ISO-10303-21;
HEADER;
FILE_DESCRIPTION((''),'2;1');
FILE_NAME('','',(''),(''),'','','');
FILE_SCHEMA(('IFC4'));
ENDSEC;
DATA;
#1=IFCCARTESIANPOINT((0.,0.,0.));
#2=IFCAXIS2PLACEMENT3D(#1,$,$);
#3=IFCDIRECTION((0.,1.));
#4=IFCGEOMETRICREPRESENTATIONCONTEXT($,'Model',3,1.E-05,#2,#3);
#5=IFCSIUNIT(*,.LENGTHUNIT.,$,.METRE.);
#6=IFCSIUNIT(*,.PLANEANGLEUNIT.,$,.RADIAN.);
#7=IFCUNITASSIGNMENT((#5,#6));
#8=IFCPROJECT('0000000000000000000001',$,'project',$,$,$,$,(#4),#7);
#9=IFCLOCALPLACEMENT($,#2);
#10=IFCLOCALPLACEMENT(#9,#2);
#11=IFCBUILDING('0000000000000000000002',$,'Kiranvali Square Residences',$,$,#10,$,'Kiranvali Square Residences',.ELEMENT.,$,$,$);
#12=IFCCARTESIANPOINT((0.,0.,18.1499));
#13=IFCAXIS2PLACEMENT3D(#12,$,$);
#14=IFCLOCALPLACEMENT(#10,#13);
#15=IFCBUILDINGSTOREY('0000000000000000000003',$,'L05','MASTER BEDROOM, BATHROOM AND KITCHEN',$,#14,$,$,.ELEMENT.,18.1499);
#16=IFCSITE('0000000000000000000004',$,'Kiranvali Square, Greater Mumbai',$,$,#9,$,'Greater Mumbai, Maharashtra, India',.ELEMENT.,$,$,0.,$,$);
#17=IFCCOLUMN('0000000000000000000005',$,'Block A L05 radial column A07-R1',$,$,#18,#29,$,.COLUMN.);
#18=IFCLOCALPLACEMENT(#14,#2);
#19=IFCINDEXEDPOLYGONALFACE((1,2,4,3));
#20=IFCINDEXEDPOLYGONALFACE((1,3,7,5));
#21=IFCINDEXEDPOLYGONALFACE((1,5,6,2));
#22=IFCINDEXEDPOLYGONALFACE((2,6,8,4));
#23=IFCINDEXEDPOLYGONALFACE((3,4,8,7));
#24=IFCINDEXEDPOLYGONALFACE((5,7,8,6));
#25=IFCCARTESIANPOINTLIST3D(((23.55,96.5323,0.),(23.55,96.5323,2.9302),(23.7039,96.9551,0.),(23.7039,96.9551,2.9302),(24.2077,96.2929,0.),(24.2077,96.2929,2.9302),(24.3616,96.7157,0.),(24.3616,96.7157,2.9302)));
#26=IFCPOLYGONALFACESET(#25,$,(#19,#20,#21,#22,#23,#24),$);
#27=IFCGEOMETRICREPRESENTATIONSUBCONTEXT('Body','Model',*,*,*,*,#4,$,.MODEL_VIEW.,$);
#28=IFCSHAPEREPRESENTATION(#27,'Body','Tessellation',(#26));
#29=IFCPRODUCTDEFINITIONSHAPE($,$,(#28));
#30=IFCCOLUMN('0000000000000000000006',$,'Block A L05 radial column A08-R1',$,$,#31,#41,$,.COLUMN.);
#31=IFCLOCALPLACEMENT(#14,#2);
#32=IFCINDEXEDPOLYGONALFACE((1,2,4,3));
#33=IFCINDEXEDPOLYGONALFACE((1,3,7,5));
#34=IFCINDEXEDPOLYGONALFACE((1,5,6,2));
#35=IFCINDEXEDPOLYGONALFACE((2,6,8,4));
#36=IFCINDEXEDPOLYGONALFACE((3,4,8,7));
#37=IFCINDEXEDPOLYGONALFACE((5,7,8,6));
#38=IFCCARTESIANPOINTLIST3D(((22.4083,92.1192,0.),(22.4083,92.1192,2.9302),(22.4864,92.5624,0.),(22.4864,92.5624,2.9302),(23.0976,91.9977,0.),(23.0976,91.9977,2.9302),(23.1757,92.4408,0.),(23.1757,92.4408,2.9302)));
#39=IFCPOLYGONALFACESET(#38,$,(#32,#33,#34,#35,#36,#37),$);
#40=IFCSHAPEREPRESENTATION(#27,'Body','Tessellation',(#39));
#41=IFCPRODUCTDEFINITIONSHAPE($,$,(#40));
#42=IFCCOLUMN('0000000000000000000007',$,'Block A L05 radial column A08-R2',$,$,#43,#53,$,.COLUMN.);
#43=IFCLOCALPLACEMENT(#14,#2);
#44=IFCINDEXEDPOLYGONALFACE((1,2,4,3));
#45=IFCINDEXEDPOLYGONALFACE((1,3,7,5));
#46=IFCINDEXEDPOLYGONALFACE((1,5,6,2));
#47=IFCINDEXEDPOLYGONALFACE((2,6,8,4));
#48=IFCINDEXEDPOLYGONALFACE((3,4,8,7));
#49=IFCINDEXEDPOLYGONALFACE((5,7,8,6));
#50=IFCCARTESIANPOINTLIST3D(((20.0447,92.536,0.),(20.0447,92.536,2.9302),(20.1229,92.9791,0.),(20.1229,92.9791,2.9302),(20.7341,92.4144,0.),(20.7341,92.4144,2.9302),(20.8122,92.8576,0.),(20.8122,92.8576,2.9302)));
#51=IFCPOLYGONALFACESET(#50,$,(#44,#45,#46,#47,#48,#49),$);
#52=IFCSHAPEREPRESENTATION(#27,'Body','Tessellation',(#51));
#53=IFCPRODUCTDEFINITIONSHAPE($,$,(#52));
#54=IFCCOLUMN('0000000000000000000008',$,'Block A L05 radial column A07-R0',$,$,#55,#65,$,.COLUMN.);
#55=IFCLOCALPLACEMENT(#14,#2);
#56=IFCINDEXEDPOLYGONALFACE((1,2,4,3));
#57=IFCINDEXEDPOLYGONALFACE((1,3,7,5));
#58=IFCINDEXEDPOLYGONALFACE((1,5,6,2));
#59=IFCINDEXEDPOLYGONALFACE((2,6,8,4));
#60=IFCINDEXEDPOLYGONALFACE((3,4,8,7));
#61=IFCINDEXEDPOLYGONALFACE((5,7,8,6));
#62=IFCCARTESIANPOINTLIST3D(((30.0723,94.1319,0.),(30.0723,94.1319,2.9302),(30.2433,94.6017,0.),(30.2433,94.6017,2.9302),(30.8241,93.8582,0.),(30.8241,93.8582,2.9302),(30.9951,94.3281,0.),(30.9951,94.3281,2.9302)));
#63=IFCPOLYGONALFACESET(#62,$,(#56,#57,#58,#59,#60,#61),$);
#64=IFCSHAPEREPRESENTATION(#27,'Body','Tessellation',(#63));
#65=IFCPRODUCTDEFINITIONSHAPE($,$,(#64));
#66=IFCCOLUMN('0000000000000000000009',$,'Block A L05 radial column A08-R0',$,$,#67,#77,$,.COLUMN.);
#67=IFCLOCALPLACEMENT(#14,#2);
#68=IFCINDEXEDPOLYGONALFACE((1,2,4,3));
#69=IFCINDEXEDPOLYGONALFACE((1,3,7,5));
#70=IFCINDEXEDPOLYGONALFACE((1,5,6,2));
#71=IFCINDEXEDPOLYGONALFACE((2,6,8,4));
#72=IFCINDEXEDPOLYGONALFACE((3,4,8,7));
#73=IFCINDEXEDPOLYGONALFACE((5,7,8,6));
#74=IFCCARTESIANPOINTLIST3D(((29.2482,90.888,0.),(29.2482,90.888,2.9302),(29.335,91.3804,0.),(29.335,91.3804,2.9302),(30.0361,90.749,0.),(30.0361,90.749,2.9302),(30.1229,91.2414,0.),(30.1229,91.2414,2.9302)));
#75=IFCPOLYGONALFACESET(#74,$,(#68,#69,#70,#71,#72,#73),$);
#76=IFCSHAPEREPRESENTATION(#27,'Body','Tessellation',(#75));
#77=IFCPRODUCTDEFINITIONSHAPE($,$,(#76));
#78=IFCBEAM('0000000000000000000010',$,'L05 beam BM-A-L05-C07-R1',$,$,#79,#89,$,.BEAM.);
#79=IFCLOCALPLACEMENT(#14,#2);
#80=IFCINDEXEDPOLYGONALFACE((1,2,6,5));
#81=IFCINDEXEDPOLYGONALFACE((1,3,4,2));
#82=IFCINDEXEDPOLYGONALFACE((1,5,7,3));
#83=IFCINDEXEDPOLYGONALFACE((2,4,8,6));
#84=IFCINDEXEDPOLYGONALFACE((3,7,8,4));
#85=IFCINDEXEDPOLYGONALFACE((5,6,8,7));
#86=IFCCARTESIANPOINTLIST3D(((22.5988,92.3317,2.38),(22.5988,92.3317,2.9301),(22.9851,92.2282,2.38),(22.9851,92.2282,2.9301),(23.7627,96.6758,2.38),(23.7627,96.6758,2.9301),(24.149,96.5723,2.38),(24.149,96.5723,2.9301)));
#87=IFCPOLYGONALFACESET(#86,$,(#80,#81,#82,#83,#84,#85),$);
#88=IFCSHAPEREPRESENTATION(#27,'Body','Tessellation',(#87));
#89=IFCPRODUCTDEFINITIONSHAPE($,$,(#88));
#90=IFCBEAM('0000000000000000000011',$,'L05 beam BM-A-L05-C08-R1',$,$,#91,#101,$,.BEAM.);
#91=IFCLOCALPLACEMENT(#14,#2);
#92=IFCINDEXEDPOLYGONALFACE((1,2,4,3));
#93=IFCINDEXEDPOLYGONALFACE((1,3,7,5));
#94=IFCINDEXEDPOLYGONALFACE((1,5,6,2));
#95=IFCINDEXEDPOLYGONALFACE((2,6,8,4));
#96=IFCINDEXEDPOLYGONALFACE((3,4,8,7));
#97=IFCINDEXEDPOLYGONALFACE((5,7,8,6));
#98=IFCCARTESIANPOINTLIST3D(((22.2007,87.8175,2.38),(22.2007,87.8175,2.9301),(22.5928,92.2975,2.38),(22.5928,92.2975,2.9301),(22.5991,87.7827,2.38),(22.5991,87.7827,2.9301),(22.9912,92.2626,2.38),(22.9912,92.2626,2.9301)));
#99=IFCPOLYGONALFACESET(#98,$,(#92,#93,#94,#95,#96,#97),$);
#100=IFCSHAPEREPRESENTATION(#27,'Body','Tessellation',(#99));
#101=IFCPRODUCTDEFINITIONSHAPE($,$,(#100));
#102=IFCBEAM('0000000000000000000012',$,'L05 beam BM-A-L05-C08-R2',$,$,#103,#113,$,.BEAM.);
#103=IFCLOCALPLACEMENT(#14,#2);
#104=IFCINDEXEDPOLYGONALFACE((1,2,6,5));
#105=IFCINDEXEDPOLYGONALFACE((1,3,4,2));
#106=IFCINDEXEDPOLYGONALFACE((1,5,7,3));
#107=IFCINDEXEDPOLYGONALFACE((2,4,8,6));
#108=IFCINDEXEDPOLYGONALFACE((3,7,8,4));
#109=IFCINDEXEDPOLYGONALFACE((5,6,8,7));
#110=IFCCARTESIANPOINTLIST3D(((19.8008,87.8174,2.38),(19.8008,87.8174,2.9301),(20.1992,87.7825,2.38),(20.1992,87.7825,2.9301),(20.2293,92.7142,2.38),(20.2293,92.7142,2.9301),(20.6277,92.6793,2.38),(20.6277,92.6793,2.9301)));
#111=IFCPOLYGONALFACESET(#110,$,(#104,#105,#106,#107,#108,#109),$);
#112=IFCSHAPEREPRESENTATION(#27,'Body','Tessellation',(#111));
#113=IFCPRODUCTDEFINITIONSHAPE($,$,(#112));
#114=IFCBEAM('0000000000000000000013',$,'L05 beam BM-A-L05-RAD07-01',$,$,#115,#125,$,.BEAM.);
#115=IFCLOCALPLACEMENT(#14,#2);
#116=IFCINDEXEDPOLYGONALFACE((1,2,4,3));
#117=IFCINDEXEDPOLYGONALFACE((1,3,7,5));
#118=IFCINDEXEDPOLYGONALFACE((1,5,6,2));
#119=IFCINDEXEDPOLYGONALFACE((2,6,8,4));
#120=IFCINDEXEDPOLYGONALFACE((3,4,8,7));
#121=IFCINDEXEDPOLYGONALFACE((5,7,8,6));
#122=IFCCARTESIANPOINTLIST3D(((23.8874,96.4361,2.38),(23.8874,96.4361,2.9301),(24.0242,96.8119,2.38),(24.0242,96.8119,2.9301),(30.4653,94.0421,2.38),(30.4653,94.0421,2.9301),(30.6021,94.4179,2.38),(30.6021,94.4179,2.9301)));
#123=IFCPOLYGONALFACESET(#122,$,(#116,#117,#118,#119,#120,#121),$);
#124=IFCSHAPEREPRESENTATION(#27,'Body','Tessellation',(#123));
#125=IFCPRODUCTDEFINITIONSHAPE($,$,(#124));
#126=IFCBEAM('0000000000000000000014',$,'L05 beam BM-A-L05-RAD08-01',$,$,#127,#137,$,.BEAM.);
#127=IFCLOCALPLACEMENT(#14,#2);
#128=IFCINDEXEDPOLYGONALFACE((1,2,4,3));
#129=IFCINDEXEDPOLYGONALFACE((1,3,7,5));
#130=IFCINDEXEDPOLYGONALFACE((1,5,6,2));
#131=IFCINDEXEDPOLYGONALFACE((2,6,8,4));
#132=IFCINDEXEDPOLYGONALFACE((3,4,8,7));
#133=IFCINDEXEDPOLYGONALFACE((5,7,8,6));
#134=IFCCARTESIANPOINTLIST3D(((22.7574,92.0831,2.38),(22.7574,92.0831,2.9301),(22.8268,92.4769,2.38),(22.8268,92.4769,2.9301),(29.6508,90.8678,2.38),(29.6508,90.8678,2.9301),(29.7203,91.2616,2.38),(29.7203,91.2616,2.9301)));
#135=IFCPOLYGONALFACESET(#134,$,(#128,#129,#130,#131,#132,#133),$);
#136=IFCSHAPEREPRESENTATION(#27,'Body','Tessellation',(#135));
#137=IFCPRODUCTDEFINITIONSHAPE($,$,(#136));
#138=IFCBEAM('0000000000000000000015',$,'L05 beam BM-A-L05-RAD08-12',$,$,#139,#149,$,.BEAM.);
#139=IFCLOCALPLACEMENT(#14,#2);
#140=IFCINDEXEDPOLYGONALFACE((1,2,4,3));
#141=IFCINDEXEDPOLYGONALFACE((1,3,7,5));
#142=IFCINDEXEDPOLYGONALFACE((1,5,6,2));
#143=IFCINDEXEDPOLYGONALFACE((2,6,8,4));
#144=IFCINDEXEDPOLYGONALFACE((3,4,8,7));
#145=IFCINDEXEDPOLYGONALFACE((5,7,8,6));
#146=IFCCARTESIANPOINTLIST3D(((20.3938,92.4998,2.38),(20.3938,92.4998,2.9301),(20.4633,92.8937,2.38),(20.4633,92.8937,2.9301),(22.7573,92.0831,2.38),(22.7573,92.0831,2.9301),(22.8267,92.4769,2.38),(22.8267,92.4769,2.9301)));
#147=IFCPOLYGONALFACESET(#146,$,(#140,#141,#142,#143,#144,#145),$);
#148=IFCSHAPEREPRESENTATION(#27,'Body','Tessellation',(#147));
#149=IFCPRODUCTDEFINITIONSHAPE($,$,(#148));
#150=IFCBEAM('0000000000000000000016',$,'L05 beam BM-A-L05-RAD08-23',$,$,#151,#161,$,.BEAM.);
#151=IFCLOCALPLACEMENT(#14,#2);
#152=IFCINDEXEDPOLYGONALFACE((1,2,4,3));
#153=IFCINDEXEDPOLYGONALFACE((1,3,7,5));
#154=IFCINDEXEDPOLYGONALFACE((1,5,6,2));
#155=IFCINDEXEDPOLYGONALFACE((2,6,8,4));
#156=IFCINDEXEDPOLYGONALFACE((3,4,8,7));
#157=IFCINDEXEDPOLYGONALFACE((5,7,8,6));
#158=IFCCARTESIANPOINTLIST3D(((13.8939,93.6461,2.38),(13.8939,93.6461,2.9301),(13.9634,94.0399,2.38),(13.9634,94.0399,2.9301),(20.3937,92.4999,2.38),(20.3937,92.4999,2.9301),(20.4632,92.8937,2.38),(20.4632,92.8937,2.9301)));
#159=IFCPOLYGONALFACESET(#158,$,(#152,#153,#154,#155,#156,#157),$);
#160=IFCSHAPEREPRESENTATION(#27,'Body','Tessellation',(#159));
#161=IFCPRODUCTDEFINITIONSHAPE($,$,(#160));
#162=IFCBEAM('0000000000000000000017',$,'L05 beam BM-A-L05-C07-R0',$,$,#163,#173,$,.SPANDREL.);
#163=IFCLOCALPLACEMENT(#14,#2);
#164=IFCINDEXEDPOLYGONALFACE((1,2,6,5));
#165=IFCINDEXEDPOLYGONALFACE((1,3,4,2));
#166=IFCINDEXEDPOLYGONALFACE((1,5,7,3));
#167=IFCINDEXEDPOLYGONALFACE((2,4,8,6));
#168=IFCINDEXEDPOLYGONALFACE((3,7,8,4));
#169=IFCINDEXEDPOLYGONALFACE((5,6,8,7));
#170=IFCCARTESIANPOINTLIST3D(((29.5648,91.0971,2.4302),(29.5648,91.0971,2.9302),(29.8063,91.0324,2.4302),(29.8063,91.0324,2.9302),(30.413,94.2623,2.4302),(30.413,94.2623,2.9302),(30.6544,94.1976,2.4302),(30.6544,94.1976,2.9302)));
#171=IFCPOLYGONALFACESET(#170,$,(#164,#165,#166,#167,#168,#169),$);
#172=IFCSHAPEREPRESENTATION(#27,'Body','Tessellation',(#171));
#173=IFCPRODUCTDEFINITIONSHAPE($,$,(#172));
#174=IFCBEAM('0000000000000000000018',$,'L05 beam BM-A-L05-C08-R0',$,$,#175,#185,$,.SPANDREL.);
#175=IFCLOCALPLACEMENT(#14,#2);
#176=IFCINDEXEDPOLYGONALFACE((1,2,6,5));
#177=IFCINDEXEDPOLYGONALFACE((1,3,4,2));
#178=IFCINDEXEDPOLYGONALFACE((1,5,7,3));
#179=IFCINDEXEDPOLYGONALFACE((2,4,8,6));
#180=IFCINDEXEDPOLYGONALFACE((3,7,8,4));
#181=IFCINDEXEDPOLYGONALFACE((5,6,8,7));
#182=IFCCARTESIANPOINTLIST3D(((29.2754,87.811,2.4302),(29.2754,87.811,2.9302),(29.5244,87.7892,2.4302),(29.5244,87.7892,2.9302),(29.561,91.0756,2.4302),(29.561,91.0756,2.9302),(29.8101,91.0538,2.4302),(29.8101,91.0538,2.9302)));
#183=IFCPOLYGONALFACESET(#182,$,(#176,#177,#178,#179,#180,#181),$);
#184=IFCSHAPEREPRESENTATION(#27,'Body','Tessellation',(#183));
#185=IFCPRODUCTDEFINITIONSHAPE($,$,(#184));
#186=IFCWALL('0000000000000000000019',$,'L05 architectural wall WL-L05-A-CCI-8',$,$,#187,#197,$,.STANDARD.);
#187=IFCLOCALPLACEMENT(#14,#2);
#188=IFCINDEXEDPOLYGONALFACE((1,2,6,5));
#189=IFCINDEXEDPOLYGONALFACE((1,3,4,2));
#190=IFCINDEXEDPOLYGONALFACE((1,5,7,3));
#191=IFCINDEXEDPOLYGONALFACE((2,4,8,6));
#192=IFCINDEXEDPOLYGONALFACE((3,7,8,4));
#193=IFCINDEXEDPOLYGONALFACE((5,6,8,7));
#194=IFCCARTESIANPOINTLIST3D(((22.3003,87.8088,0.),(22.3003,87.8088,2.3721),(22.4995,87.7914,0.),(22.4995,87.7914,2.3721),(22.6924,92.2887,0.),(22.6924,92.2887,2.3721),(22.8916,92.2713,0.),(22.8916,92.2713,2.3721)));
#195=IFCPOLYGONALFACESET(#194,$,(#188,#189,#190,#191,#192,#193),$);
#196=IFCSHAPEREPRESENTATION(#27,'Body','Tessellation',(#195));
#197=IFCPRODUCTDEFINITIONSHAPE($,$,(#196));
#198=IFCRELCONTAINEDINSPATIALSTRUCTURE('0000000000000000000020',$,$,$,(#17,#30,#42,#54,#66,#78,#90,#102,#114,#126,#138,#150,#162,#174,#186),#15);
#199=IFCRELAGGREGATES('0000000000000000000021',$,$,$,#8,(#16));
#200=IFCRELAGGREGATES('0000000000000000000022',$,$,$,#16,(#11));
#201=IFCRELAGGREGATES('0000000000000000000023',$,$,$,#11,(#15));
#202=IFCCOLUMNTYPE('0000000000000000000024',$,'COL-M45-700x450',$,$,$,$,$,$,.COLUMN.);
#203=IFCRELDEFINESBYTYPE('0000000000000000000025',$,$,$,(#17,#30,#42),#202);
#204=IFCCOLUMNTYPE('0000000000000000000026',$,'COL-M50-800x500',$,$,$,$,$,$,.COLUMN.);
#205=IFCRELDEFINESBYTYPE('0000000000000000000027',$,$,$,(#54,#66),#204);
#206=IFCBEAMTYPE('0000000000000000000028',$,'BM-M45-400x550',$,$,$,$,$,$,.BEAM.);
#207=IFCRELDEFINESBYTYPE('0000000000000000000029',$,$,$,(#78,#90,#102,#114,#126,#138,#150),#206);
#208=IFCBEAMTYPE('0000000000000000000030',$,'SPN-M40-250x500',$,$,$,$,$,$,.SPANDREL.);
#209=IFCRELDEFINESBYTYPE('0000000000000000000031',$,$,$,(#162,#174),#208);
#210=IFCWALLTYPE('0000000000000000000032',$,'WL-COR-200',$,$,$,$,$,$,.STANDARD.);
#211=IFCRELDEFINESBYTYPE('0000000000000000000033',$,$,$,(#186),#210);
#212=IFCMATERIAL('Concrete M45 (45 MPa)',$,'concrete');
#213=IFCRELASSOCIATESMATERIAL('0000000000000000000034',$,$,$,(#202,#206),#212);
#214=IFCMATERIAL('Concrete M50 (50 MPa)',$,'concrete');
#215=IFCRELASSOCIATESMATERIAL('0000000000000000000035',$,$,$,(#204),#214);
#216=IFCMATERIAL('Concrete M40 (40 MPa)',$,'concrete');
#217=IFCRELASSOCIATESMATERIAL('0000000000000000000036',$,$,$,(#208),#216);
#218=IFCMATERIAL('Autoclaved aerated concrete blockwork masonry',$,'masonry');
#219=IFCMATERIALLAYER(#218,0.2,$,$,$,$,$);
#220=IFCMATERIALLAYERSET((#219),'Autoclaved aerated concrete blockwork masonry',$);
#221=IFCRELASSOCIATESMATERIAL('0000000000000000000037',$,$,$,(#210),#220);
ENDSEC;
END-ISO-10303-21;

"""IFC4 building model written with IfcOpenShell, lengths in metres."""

from ifc_helpers import new_model, si_unit, direction, frame, frame_2d, origin, origin_2d, place, context, subcontext, project, spatial, rectangle, extrude, material, layer, layer_set, material_profile, profile_set, type_object, element, save


model = new_model("IFC4")

# Units and contexts
model_context = context("Model", 3, precision=1e-05, world=origin(), true_north=direction((0.0, 1.0)))
body_context = subcontext(model_context, "Body", "Model", "MODEL_VIEW")
ifc_project = project(units=[si_unit("LENGTHUNIT", "METRE"), si_unit("PLANEANGLEUNIT", "RADIAN")], contexts=[model_context])

# Site, building, storey
site_placement = place(None, origin())
site = spatial("IfcSite", under=ifc_project, at=site_placement, Name="Kiranvali Square, Greater Mumbai", LongName="Greater Mumbai, Maharashtra, India", CompositionType="ELEMENT", RefElevation=0.0)
building_placement = place(site_placement, origin())
building = spatial("IfcBuilding", under=site, at=building_placement, Name="Kiranvali Square Residences", LongName="Kiranvali Square Residences", CompositionType="ELEMENT")
storey_placement = place(building_placement, frame((0.0, 0.0, 18.1499)))
storey = spatial("IfcBuildingStorey", under=building, at=storey_placement, Name="L05", Description="MASTER BEDROOM, BATHROOM AND KITCHEN", CompositionType="ELEMENT", Elevation=18.1499)

# Columns
ifc_material_1 = material(Name="Concrete M45 (45 MPa)", Category="concrete")
ifc_material_profile_1 = material_profile(ifc_material_1, rectangle(XDim=0.45, YDim=0.7, at=origin_2d()), Name="RC 700x450")
ifc_profile_set_1 = profile_set([ifc_material_profile_1], Name="Concrete M45 (45 MPa)")
column_type_1 = type_object("IfcColumnType", Name="COL-M45-700x450", PredefinedType="COLUMN", material=ifc_profile_set_1)
for number, where, z_axis, x_axis, name in (
    (1, (23.9558, 96.624, 0.0), (0.0, 0.0, 1.0), (0.34202, 0.939693, 0.0), "Block A L05 radial column A07-R1"),
    (2, (22.792, 92.28, 0.0), (0.0, 0.0, 1.0), (0.173648, 0.984808, 0.0), "Block A L05 radial column A08-R1"),
    (3, (20.4285, 92.6968, 0.0), (0.0, 0.0, 1.0), (0.173648, 0.984808, 0.0), "Block A L05 radial column A08-R2"),
):
    element("IfcColumn", number, at=place(storey_placement, frame(where, z_axis=z_axis, x_axis=x_axis)), inside=storey, type_object=column_type_1, Name=name, PredefinedType="COLUMN", context=body_context, shape_type="SweptSolid", body=[
        extrude(rectangle(XDim=0.45, YDim=0.7, at=origin_2d()), origin(), (0.0, 0.0, 1.0), 2.9302),
    ])
ifc_material_2 = material(Name="Concrete M50 (50 MPa)", Category="concrete")
ifc_material_profile_2 = material_profile(ifc_material_2, rectangle(XDim=0.5, YDim=0.8, at=origin_2d()), Name="RC 800x500")
ifc_profile_set_2 = profile_set([ifc_material_profile_2], Name="Concrete M50 (50 MPa)")
column_type_2 = type_object("IfcColumnType", Name="COL-M50-800x500", PredefinedType="COLUMN", material=ifc_profile_set_2)
for number, where, z_axis, x_axis, name in (
    (4, (30.5337, 94.23, 0.0), (0.0, 0.0, 1.0), (0.34202, 0.939693, 0.0), "Block A L05 radial column A07-R0"),
    (5, (29.6855, 91.0647, 0.0), (0.0, 0.0, 1.0), (0.173648, 0.984808, 0.0), "Block A L05 radial column A08-R0"),
):
    element("IfcColumn", number, at=place(storey_placement, frame(where, z_axis=z_axis, x_axis=x_axis)), inside=storey, type_object=column_type_2, Name=name, PredefinedType="COLUMN", context=body_context, shape_type="SweptSolid", body=[
        extrude(rectangle(XDim=0.5, YDim=0.8, at=origin_2d()), origin(), (0.0, 0.0, 1.0), 2.9302),
    ])

# Beams
ifc_material_profile_3 = material_profile(ifc_material_1, rectangle(XDim=0.3999, YDim=0.55, at=origin_2d()), Name="RC 400x550")
ifc_profile_set_3 = profile_set([ifc_material_profile_3], Name="Concrete M45 (45 MPa)")
beam_type_1 = type_object("IfcBeamType", Name="BM-M45-400x550", PredefinedType="BEAM", material=ifc_profile_set_3)
beam_1_placement = place(storey_placement, frame((23.9558, 96.624, 2.655), z_axis=(-0.258788, -0.965934, 0.0), x_axis=(0.965934, -0.258788, 0.0)))
element("IfcBeam", 6, at=beam_1_placement, inside=storey, type_object=beam_type_1, Name="L05 beam BM-A-L05-C07-R1", PredefinedType="BEAM", context=body_context, shape_type="SweptSolid", body=[
    extrude(rectangle(XDim=0.3999, YDim=0.55, at=origin_2d()), origin(), (0.0, 0.0, 1.0), 4.4973),
])
beam_2_placement = place(storey_placement, frame((22.792, 92.28, 2.655), z_axis=(-0.087187, -0.996192, 0.0), x_axis=(0.996192, -0.087187, 0.0)))
element("IfcBeam", 7, at=beam_2_placement, inside=storey, type_object=beam_type_1, Name="L05 beam BM-A-L05-C08-R1", PredefinedType="BEAM", context=body_context, shape_type="SweptSolid", body=[
    extrude(rectangle(XDim=0.3999, YDim=0.55, at=origin_2d()), origin(), (0.0, 0.0, 1.0), 4.4971),
])
beam_3_placement = place(storey_placement, frame((20.4285, 92.6968, 2.655), z_axis=(-0.087168, -0.996194, 0.0), x_axis=(0.996194, -0.087168, 0.0)))
element("IfcBeam", 8, at=beam_3_placement, inside=storey, type_object=beam_type_1, Name="L05 beam BM-A-L05-C08-R2", PredefinedType="BEAM", context=body_context, shape_type="SweptSolid", body=[
    extrude(rectangle(XDim=0.3999, YDim=0.55, at=origin_2d()), origin(), (0.0, 0.0, 1.0), 4.9155),
])
beam_4_placement = place(storey_placement, frame((30.5337, 94.23, 2.655), z_axis=(-0.939698, 0.342006, 0.0), x_axis=(-0.342006, -0.939698, 0.0)))
element("IfcBeam", 9, at=beam_4_placement, inside=storey, type_object=beam_type_1, Name="L05 beam BM-A-L05-RAD07-01", PredefinedType="BEAM", context=body_context, shape_type="SweptSolid", body=[
    extrude(rectangle(XDim=0.3999, YDim=0.55, at=origin_2d()), origin(), (0.0, 0.0, 1.0), 7.0),
])
beam_5_placement = place(storey_placement, frame((29.6855, 91.0647, 2.655), z_axis=(-0.984812, 0.173622, 0.0), x_axis=(-0.173622, -0.984812, 0.0)))
element("IfcBeam", 10, at=beam_5_placement, inside=storey, type_object=beam_type_1, Name="L05 beam BM-A-L05-RAD08-01", PredefinedType="BEAM", context=body_context, shape_type="SweptSolid", body=[
    extrude(rectangle(XDim=0.3999, YDim=0.55, at=origin_2d()), origin(), (0.0, 0.0, 1.0), 6.9998),
])
beam_6_placement = place(storey_placement, frame((22.792, 92.28, 2.655), z_axis=(-0.984808, 0.173646, 0.0), x_axis=(-0.173646, -0.984808, 0.0)))
element("IfcBeam", 11, at=beam_6_placement, inside=storey, type_object=beam_type_1, Name="L05 beam BM-A-L05-RAD08-12", PredefinedType="BEAM", context=body_context, shape_type="SweptSolid", body=[
    extrude(rectangle(XDim=0.3999, YDim=0.55, at=origin_2d()), origin(), (0.0, 0.0, 1.0), 2.3999),
])
beam_7_placement = place(storey_placement, frame((20.4285, 92.6968, 2.655), z_axis=(-0.984804, 0.173671, 0.0), x_axis=(-0.173671, -0.984804, 0.0)))
element("IfcBeam", 12, at=beam_7_placement, inside=storey, type_object=beam_type_1, Name="L05 beam BM-A-L05-RAD08-23", PredefinedType="BEAM", context=body_context, shape_type="SweptSolid", body=[
    extrude(rectangle(XDim=0.3999, YDim=0.55, at=origin_2d()), origin(), (0.0, 0.0, 1.0), 6.6001),
])
ifc_material_3 = material(Name="Concrete M40 (40 MPa)", Category="concrete")
ifc_material_profile_4 = material_profile(ifc_material_3, rectangle(XDim=0.25, YDim=0.5, at=origin_2d()), Name="RC 250x500")
ifc_profile_set_4 = profile_set([ifc_material_profile_4], Name="Concrete M40 (40 MPa)")
beam_type_2 = type_object("IfcBeamType", Name="SPN-M40-250x500", PredefinedType="SPANDREL", material=ifc_profile_set_4)
beam_8_placement = place(storey_placement, frame((30.5337, 94.23, 2.6802), z_axis=(-0.258822, -0.965925, 0.0), x_axis=(0.965925, -0.258822, 0.0)))
element("IfcBeam", 13, at=beam_8_placement, inside=storey, type_object=beam_type_2, Name="L05 beam BM-A-L05-C07-R0", PredefinedType="SPANDREL", context=body_context, shape_type="SweptSolid", body=[
    extrude(rectangle(XDim=0.25, YDim=0.5, at=origin_2d()), origin(), (0.0, 0.0, 1.0), 3.2769),
])
beam_9_placement = place(storey_placement, frame((29.6855, 91.0647, 2.6802), z_axis=(-0.087163, -0.996194, 0.0), x_axis=(0.996194, -0.087163, 0.0)))
element("IfcBeam", 14, at=beam_9_placement, inside=storey, type_object=beam_type_2, Name="L05 beam BM-A-L05-C08-R0", PredefinedType="SPANDREL", context=body_context, shape_type="SweptSolid", body=[
    extrude(rectangle(XDim=0.25, YDim=0.5, at=origin_2d()), origin(), (0.0, 0.0, 1.0), 3.2771),
])

# Wall
ifc_material_4 = material(Name="Autoclaved aerated concrete blockwork masonry", Category="masonry")
ifc_layer_1 = layer(ifc_material_4, 0.2)
ifc_layer_set_1 = layer_set([ifc_layer_1], Name="Autoclaved aerated concrete blockwork masonry")
wall_type_1 = type_object("IfcWallType", Name="WL-COR-200", PredefinedType="STANDARD", material=ifc_layer_set_1)
wall_1_placement = place(storey_placement, frame((22.792, 92.28, 0.0), z_axis=(0.0, 0.0, 1.0), x_axis=(-0.087187, -0.996192, 0.0)))
element("IfcWall", 15, at=wall_1_placement, inside=storey, type_object=wall_type_1, Name="L05 architectural wall WL-L05-A-CCI-8", PredefinedType="STANDARD", context=body_context, shape_type="SweptSolid", body=[
    extrude(rectangle(XDim=4.4971, YDim=0.2, at=frame_2d((2.2485, 0.0))), origin(), (0.0, 0.0, 1.0), 2.3721),
])

save(model, "model.ifc")
